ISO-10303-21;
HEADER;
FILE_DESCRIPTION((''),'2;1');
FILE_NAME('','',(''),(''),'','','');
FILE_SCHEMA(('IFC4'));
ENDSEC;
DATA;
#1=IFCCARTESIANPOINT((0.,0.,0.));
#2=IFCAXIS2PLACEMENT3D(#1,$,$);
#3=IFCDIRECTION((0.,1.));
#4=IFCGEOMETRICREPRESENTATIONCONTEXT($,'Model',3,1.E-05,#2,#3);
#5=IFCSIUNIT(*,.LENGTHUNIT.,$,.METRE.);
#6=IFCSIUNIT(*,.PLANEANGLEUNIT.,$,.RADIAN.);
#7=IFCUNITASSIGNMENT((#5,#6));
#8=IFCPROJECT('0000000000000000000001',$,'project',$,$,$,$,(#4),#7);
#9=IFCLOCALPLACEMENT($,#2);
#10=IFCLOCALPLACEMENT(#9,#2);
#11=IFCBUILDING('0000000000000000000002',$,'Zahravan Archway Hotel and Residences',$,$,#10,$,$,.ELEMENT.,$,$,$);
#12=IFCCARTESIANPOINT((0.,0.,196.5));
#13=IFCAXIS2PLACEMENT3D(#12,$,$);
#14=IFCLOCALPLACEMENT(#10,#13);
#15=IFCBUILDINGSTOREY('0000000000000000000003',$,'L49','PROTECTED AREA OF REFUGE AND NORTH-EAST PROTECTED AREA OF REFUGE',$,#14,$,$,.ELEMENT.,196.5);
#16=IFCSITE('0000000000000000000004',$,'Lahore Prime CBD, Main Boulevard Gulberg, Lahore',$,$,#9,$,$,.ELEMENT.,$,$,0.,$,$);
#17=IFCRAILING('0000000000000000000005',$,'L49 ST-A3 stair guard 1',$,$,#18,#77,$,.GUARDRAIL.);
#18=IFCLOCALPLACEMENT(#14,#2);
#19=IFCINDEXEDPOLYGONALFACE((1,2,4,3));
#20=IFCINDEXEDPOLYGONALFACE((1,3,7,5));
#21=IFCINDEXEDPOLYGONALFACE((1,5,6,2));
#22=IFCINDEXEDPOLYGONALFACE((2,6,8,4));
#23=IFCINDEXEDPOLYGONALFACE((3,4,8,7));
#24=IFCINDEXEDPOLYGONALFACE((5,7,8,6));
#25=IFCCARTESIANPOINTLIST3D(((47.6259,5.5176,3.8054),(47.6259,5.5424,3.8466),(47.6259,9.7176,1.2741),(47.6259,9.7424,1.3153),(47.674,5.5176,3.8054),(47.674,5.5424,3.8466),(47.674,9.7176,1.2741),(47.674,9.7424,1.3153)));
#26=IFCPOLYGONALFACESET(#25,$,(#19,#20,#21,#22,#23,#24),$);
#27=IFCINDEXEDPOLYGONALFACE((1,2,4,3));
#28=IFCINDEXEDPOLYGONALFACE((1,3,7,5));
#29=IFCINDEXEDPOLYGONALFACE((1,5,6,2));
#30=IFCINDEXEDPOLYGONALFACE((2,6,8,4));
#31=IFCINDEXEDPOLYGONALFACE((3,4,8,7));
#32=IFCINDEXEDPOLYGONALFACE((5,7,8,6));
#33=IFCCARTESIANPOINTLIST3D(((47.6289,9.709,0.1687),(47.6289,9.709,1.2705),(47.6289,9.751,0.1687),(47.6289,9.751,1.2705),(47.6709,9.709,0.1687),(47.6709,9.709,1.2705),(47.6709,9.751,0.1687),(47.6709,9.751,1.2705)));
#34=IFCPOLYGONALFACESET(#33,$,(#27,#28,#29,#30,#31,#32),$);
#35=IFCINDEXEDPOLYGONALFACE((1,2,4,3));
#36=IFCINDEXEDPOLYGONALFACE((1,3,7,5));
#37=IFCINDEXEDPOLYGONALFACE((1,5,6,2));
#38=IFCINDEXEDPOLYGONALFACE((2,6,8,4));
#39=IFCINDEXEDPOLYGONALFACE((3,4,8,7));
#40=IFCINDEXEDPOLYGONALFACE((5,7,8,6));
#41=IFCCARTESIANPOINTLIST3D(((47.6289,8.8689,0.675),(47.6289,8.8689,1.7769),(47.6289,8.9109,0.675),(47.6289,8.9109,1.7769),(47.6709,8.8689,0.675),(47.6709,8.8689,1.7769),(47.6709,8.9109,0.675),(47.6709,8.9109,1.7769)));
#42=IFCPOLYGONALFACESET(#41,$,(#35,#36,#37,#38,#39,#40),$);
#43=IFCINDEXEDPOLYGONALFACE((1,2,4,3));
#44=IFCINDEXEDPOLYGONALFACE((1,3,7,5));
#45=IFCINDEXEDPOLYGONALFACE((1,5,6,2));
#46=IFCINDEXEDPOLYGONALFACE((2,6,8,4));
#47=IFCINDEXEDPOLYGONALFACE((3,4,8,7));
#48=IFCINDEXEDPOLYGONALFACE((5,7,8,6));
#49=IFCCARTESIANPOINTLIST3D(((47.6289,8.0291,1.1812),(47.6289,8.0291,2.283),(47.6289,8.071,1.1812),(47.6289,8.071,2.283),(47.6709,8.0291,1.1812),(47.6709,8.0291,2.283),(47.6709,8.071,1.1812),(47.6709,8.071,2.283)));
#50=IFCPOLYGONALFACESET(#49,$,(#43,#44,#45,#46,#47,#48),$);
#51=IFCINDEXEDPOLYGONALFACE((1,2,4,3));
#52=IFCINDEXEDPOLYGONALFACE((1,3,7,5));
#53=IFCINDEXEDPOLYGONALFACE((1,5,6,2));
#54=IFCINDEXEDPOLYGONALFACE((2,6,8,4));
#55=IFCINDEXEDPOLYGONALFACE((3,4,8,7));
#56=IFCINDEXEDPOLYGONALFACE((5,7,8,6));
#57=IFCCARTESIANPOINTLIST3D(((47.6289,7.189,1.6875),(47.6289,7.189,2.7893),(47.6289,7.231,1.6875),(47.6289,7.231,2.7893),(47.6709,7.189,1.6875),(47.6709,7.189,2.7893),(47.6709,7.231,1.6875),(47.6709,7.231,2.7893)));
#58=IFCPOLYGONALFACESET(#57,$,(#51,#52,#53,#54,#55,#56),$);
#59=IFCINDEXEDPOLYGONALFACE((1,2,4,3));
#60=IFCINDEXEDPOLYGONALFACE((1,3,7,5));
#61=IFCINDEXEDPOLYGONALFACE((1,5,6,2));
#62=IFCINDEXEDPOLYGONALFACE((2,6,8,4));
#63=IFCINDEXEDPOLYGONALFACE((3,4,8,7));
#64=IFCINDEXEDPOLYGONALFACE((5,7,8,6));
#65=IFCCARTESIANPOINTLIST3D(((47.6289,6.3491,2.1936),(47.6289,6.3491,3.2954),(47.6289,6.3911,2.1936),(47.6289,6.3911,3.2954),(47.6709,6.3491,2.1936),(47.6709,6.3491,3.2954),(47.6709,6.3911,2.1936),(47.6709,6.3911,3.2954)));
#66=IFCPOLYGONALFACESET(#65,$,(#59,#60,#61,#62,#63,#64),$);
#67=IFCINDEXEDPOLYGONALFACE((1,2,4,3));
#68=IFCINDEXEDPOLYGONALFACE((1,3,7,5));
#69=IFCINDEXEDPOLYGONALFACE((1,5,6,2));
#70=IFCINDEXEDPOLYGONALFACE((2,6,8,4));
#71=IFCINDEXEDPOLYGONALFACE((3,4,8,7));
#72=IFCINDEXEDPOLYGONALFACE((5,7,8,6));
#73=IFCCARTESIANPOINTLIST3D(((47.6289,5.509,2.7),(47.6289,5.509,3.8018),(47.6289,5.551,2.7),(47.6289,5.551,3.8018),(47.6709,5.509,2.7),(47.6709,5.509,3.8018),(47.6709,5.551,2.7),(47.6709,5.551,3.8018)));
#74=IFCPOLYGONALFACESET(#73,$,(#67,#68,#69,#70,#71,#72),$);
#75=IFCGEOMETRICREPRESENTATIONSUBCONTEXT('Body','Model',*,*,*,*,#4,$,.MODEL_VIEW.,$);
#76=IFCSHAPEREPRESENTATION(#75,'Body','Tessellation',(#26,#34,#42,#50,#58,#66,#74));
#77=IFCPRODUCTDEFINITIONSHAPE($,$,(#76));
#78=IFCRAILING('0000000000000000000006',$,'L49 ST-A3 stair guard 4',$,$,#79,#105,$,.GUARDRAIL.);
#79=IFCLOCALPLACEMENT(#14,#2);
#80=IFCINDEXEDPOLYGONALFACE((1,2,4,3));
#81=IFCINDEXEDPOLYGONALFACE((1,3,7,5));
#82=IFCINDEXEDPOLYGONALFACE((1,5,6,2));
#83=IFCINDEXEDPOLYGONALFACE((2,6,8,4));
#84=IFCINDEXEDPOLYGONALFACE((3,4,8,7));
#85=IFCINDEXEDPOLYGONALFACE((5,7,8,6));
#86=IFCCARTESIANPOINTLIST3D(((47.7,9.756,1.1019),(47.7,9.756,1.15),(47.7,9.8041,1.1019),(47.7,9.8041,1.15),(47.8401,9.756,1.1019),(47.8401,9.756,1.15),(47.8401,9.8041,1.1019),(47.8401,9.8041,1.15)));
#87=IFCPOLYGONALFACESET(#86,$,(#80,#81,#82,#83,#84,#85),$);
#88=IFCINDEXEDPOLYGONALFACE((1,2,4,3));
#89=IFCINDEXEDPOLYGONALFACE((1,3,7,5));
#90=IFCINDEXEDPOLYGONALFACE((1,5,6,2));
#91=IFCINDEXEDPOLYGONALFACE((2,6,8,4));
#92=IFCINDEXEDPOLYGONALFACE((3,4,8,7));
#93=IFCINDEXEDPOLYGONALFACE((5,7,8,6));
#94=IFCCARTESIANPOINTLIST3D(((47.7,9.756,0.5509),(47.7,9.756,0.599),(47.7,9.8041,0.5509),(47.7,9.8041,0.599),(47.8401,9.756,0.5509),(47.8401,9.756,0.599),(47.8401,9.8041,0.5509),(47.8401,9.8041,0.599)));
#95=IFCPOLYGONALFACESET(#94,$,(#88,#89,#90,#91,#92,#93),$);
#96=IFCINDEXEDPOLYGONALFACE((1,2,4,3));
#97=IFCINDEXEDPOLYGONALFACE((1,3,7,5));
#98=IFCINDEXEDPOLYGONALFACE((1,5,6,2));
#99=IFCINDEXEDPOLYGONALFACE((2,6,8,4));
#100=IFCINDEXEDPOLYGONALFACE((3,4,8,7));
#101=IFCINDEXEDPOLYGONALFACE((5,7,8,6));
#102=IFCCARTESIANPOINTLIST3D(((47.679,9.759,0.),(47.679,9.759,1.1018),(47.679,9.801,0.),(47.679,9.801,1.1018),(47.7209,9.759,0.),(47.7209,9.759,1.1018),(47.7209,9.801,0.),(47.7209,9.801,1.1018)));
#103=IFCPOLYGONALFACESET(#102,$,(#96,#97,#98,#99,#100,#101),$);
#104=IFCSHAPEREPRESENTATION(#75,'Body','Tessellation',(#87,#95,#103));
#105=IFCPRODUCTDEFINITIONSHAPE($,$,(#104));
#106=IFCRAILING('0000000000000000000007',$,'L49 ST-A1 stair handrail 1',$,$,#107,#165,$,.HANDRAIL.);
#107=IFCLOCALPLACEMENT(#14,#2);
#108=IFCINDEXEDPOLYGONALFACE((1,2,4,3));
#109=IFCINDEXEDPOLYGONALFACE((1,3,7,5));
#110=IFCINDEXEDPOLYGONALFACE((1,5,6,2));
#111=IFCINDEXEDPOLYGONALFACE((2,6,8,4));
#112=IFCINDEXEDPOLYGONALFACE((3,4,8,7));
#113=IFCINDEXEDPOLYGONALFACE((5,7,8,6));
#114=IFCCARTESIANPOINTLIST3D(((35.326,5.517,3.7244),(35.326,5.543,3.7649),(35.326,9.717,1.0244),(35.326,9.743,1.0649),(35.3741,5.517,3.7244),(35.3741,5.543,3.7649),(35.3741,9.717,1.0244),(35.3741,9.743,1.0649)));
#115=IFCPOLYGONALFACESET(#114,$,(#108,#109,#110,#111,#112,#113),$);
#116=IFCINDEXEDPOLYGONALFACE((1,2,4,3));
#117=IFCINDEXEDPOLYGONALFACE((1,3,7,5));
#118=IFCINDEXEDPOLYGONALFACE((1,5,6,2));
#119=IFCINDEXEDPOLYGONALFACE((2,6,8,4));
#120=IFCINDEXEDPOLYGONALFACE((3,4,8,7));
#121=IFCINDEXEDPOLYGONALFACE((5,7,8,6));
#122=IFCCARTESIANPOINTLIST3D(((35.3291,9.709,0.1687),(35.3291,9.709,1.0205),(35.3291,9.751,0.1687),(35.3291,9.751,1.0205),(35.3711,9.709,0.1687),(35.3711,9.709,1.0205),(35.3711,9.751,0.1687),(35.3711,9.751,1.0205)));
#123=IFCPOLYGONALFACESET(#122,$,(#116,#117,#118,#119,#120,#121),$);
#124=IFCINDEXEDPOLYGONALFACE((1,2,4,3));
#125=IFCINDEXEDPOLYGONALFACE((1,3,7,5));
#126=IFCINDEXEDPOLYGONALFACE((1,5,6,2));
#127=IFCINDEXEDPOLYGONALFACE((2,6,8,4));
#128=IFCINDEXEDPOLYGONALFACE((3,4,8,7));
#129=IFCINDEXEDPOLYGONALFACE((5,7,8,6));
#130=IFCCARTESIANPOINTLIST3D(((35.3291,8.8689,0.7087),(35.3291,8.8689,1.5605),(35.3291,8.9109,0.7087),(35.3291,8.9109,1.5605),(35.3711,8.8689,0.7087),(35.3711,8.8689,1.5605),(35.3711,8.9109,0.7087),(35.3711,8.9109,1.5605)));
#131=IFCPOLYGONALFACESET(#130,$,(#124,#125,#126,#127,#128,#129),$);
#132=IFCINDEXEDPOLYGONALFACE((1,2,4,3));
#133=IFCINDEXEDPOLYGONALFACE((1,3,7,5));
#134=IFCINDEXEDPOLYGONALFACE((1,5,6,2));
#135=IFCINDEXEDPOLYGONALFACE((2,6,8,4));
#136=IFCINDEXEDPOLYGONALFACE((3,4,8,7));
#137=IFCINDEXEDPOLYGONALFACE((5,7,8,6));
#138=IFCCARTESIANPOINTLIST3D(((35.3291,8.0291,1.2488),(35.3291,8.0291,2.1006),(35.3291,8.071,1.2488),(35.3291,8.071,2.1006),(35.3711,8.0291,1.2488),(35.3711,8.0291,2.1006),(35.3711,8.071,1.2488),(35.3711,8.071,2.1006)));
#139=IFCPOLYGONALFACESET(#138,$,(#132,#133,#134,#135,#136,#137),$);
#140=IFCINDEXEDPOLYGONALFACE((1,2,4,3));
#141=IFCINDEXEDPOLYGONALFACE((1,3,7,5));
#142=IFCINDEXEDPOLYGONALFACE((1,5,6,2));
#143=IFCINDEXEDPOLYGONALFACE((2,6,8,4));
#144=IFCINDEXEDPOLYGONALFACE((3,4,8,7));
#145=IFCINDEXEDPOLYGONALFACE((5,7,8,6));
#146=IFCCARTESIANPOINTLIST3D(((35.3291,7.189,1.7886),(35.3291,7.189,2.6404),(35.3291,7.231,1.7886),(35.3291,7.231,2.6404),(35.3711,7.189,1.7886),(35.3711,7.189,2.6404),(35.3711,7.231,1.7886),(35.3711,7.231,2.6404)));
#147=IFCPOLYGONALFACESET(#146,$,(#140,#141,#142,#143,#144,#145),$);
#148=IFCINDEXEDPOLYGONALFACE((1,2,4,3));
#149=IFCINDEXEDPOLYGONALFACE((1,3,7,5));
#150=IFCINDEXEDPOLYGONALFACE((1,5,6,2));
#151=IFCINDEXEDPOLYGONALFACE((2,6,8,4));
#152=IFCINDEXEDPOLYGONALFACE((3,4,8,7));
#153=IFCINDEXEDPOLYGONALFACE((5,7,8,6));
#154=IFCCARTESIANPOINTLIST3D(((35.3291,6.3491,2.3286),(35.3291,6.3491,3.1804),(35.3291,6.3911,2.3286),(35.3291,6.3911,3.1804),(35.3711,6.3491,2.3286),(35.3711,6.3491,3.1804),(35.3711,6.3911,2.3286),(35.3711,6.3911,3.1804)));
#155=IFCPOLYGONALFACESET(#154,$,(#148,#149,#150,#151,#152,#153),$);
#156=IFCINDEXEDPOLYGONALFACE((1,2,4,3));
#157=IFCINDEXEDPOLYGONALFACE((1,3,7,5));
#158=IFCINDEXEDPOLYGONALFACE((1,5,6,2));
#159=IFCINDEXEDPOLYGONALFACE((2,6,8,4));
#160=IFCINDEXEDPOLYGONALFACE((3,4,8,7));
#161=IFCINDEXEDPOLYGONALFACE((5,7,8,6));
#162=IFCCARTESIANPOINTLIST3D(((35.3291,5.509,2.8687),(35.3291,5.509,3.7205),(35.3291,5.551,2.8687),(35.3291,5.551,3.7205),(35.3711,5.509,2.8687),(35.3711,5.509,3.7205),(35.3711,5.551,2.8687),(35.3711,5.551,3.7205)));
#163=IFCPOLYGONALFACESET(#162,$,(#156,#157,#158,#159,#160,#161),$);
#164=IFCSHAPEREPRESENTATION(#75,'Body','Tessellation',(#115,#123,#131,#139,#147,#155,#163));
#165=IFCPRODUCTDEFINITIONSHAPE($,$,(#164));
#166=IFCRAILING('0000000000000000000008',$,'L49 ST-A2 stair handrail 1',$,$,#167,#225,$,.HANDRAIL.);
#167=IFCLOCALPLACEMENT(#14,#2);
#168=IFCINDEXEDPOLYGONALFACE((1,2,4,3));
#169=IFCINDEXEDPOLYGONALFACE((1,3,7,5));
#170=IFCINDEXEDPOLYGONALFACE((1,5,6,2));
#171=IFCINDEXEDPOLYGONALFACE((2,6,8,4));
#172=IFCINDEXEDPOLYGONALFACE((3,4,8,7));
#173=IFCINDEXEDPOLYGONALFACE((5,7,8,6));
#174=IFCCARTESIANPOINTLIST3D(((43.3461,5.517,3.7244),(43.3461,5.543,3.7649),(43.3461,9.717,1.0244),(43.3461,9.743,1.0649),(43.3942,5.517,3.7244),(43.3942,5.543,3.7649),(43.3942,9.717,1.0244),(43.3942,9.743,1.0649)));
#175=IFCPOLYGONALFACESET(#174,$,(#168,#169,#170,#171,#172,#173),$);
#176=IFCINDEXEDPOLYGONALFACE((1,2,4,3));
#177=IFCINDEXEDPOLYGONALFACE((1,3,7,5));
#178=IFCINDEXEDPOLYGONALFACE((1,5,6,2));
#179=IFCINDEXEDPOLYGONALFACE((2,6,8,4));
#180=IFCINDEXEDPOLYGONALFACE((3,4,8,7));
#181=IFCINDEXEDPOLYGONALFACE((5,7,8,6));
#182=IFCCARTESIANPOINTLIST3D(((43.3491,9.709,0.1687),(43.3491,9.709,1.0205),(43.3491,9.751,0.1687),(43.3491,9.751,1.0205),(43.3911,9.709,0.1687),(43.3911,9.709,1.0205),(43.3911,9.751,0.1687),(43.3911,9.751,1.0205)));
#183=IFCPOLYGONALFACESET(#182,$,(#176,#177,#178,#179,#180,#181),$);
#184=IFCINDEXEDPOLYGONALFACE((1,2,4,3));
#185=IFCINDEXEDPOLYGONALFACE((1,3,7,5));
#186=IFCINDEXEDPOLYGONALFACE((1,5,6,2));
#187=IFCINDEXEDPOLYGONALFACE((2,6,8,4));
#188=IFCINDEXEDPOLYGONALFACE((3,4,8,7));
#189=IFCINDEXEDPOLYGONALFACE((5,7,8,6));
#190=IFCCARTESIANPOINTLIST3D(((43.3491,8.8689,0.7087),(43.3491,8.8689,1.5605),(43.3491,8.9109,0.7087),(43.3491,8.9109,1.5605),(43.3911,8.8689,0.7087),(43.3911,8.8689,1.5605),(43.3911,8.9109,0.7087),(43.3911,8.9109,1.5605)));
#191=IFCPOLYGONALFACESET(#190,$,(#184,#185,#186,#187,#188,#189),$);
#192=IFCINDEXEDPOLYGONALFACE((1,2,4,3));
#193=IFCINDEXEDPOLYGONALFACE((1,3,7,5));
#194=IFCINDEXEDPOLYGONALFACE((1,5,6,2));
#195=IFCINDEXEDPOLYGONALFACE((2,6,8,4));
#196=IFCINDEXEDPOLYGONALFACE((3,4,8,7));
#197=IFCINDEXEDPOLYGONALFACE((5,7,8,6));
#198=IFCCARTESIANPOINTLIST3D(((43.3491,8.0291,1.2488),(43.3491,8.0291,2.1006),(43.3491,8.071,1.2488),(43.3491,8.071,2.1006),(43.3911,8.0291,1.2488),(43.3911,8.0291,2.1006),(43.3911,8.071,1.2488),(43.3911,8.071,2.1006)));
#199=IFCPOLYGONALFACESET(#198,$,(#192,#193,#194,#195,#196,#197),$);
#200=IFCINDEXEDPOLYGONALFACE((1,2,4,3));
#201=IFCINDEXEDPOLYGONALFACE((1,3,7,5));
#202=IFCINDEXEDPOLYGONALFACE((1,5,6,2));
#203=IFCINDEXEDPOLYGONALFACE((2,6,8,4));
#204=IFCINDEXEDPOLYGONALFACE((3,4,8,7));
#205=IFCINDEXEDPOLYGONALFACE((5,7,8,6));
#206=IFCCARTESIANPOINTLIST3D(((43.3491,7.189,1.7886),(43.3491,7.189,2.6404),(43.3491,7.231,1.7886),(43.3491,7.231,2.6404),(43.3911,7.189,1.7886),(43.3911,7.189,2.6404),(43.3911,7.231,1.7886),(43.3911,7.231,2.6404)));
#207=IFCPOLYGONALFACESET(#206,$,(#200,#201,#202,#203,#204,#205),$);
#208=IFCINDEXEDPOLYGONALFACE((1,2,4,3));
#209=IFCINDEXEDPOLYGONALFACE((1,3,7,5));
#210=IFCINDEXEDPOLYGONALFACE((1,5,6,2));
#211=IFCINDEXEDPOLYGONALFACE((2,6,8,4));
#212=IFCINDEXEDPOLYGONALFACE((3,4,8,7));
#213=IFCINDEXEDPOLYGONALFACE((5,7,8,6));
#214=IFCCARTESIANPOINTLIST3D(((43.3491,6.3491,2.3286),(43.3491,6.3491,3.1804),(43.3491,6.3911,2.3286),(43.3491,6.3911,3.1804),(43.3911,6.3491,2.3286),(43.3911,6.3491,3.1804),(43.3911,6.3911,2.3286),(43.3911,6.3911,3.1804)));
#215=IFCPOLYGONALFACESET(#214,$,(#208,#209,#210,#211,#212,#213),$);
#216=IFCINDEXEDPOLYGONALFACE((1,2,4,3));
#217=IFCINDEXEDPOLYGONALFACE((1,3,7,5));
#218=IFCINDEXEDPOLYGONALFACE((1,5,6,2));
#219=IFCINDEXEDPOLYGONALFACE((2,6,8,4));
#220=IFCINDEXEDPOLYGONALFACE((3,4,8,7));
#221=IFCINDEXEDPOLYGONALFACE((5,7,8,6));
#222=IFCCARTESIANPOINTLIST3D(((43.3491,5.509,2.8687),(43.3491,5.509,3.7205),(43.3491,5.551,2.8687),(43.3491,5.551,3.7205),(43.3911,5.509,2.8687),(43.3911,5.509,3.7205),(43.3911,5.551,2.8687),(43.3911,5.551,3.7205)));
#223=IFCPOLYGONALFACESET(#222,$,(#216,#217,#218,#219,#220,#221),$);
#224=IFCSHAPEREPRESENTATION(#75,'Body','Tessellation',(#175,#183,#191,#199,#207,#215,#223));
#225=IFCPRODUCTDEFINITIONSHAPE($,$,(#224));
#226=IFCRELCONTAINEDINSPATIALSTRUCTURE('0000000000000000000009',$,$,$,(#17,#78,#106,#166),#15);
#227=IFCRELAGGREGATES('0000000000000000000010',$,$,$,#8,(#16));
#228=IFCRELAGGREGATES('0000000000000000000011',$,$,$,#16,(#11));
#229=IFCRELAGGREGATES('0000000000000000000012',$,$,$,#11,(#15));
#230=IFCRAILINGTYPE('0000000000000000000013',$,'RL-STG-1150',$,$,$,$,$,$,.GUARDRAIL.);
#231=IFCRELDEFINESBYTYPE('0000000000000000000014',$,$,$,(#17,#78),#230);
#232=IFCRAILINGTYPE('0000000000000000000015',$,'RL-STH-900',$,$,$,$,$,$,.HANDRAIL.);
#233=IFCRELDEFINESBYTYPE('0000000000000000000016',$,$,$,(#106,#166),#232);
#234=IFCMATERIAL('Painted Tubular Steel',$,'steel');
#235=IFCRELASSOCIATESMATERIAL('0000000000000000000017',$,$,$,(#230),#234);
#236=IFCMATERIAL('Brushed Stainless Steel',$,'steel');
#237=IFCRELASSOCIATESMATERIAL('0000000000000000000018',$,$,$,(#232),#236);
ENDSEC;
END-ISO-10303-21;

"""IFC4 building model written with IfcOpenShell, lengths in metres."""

from ifc_helpers import new_model, si_unit, direction, frame, origin, origin_2d, place, context, subcontext, project, spatial, rectangle, extrude, material, type_object, element, save


model = new_model("IFC4")

# Units and contexts
model_context = context("Model", 3, precision=1e-05, world=origin(), true_north=direction((0.0, 1.0)))
body_context = subcontext(model_context, "Body", "Model", "MODEL_VIEW")
ifc_project = project(units=[si_unit("LENGTHUNIT", "METRE"), si_unit("PLANEANGLEUNIT", "RADIAN")], contexts=[model_context])

# Site, building, storey
site_placement = place(None, origin())
site = spatial("IfcSite", under=ifc_project, at=site_placement, Name="Lahore Prime CBD, Main Boulevard Gulberg, Lahore", CompositionType="ELEMENT", RefElevation=0.0)
building_placement = place(site_placement, origin())
building = spatial("IfcBuilding", under=site, at=building_placement, Name="Zahravan Archway Hotel and Residences", CompositionType="ELEMENT")
storey_placement = place(building_placement, frame((0.0, 0.0, 196.5)))
storey = spatial("IfcBuildingStorey", under=building, at=storey_placement, Name="L49", Description="PROTECTED AREA OF REFUGE AND NORTH-EAST PROTECTED AREA OF REFUGE", CompositionType="ELEMENT", Elevation=196.5)

# Shared definitions
ifc_material_1 = material(Name="Brushed Stainless Steel", Category="steel")

# Railings
ifc_material_2 = material(Name="Painted Tubular Steel", Category="steel")
railing_type_1 = type_object("IfcRailingType", Name="RL-STG-1150", PredefinedType="GUARDRAIL", material=ifc_material_2)
railing_1_placement = place(storey_placement, frame((47.6499, 9.73, 0.1687)))
element("IfcRailing", 1, at=railing_1_placement, inside=storey, type_object=railing_type_1, Name="L49 ST-A3 stair guard 1", PredefinedType="GUARDRAIL", context=body_context, shape_type="SweptSolid", body=[
    extrude(rectangle(XDim=0.0481, YDim=0.0481, at=origin_2d()), frame((0.0, 0.0, 1.126), z_axis=(0.0, -0.856476, 0.516186), x_axis=(1.0, 0.0, 0.0)), (0.0, 0.0, 1.0), 4.9038),
    extrude(rectangle(XDim=0.042, YDim=0.042, at=origin_2d()), origin(), (0.0, 0.0, 1.0), 1.1018),
    extrude(rectangle(XDim=0.042, YDim=0.042, at=origin_2d()), frame((0.0, -0.8401, 0.5063)), (0.0, 0.0, 1.0), 1.1018),
    extrude(rectangle(XDim=0.042, YDim=0.042, at=origin_2d()), frame((0.0, -1.6799, 1.0125)), (0.0, 0.0, 1.0), 1.1018),
    extrude(rectangle(XDim=0.042, YDim=0.042, at=origin_2d()), frame((0.0, -2.52, 1.5188)), (0.0, 0.0, 1.0), 1.1018),
    extrude(rectangle(XDim=0.042, YDim=0.042, at=origin_2d()), frame((0.0, -3.3599, 2.0249)), (0.0, 0.0, 1.0), 1.1018),
    extrude(rectangle(XDim=0.042, YDim=0.042, at=origin_2d()), frame((0.0, -4.2, 2.5312)), (0.0, 0.0, 1.0), 1.1018),
])
railing_2_placement = place(storey_placement, frame((47.7, 9.78, 0.0)))
element("IfcRailing", 2, at=railing_2_placement, inside=storey, type_object=railing_type_1, Name="L49 ST-A3 stair guard 4", PredefinedType="GUARDRAIL", context=body_context, shape_type="SweptSolid", body=[
    extrude(rectangle(XDim=0.0481, YDim=0.0481, at=origin_2d()), frame((0.0, 0.0, 1.126), z_axis=(1.0, 0.0, 0.0), x_axis=(0.0, 1.0, 0.0)), (0.0, 0.0, 1.0), 0.1401),
    extrude(rectangle(XDim=0.0481, YDim=0.0481, at=origin_2d()), frame((0.0, 0.0, 0.575), z_axis=(1.0, 0.0, 0.0), x_axis=(0.0, 1.0, 0.0)), (0.0, 0.0, 1.0), 0.1401),
    extrude(rectangle(XDim=0.042, YDim=0.042, at=origin_2d()), origin(), (0.0, 0.0, 1.0), 1.1018),
])
railing_type_2 = type_object("IfcRailingType", Name="RL-STH-900", PredefinedType="HANDRAIL", material=ifc_material_1)
for number, where, name in (
    (3, (35.3501, 9.73, 0.1687), "L49 ST-A1 stair handrail 1"),
    (4, (43.3701, 9.73, 0.1687), "L49 ST-A2 stair handrail 1"),
):
    element("IfcRailing", number, at=place(storey_placement, frame(where)), inside=storey, type_object=railing_type_2, Name=name, PredefinedType="HANDRAIL", context=body_context, shape_type="SweptSolid", body=[
        extrude(rectangle(XDim=0.0481, YDim=0.0481, at=origin_2d()), frame((0.0, 0.0, 0.876), z_axis=(0.0, -0.84118, 0.540755), x_axis=(1.0, 0.0, 0.0)), (0.0, 0.0, 1.0), 4.9929),
        extrude(rectangle(XDim=0.042, YDim=0.042, at=origin_2d()), origin(), (0.0, 0.0, 1.0), 0.8518),
        extrude(rectangle(XDim=0.042, YDim=0.042, at=origin_2d()), frame((0.0, -0.8401, 0.54)), (0.0, 0.0, 1.0), 0.8518),
        extrude(rectangle(XDim=0.042, YDim=0.042, at=origin_2d()), frame((0.0, -1.6799, 1.0801)), (0.0, 0.0, 1.0), 0.8518),
        extrude(rectangle(XDim=0.042, YDim=0.042, at=origin_2d()), frame((0.0, -2.52, 1.6199)), (0.0, 0.0, 1.0), 0.8518),
        extrude(rectangle(XDim=0.042, YDim=0.042, at=origin_2d()), frame((0.0, -3.3599, 2.1599)), (0.0, 0.0, 1.0), 0.8518),
        extrude(rectangle(XDim=0.042, YDim=0.042, at=origin_2d()), frame((0.0, -4.2, 2.7)), (0.0, 0.0, 1.0), 0.8518),
    ])

save(model, "model.ifc")
